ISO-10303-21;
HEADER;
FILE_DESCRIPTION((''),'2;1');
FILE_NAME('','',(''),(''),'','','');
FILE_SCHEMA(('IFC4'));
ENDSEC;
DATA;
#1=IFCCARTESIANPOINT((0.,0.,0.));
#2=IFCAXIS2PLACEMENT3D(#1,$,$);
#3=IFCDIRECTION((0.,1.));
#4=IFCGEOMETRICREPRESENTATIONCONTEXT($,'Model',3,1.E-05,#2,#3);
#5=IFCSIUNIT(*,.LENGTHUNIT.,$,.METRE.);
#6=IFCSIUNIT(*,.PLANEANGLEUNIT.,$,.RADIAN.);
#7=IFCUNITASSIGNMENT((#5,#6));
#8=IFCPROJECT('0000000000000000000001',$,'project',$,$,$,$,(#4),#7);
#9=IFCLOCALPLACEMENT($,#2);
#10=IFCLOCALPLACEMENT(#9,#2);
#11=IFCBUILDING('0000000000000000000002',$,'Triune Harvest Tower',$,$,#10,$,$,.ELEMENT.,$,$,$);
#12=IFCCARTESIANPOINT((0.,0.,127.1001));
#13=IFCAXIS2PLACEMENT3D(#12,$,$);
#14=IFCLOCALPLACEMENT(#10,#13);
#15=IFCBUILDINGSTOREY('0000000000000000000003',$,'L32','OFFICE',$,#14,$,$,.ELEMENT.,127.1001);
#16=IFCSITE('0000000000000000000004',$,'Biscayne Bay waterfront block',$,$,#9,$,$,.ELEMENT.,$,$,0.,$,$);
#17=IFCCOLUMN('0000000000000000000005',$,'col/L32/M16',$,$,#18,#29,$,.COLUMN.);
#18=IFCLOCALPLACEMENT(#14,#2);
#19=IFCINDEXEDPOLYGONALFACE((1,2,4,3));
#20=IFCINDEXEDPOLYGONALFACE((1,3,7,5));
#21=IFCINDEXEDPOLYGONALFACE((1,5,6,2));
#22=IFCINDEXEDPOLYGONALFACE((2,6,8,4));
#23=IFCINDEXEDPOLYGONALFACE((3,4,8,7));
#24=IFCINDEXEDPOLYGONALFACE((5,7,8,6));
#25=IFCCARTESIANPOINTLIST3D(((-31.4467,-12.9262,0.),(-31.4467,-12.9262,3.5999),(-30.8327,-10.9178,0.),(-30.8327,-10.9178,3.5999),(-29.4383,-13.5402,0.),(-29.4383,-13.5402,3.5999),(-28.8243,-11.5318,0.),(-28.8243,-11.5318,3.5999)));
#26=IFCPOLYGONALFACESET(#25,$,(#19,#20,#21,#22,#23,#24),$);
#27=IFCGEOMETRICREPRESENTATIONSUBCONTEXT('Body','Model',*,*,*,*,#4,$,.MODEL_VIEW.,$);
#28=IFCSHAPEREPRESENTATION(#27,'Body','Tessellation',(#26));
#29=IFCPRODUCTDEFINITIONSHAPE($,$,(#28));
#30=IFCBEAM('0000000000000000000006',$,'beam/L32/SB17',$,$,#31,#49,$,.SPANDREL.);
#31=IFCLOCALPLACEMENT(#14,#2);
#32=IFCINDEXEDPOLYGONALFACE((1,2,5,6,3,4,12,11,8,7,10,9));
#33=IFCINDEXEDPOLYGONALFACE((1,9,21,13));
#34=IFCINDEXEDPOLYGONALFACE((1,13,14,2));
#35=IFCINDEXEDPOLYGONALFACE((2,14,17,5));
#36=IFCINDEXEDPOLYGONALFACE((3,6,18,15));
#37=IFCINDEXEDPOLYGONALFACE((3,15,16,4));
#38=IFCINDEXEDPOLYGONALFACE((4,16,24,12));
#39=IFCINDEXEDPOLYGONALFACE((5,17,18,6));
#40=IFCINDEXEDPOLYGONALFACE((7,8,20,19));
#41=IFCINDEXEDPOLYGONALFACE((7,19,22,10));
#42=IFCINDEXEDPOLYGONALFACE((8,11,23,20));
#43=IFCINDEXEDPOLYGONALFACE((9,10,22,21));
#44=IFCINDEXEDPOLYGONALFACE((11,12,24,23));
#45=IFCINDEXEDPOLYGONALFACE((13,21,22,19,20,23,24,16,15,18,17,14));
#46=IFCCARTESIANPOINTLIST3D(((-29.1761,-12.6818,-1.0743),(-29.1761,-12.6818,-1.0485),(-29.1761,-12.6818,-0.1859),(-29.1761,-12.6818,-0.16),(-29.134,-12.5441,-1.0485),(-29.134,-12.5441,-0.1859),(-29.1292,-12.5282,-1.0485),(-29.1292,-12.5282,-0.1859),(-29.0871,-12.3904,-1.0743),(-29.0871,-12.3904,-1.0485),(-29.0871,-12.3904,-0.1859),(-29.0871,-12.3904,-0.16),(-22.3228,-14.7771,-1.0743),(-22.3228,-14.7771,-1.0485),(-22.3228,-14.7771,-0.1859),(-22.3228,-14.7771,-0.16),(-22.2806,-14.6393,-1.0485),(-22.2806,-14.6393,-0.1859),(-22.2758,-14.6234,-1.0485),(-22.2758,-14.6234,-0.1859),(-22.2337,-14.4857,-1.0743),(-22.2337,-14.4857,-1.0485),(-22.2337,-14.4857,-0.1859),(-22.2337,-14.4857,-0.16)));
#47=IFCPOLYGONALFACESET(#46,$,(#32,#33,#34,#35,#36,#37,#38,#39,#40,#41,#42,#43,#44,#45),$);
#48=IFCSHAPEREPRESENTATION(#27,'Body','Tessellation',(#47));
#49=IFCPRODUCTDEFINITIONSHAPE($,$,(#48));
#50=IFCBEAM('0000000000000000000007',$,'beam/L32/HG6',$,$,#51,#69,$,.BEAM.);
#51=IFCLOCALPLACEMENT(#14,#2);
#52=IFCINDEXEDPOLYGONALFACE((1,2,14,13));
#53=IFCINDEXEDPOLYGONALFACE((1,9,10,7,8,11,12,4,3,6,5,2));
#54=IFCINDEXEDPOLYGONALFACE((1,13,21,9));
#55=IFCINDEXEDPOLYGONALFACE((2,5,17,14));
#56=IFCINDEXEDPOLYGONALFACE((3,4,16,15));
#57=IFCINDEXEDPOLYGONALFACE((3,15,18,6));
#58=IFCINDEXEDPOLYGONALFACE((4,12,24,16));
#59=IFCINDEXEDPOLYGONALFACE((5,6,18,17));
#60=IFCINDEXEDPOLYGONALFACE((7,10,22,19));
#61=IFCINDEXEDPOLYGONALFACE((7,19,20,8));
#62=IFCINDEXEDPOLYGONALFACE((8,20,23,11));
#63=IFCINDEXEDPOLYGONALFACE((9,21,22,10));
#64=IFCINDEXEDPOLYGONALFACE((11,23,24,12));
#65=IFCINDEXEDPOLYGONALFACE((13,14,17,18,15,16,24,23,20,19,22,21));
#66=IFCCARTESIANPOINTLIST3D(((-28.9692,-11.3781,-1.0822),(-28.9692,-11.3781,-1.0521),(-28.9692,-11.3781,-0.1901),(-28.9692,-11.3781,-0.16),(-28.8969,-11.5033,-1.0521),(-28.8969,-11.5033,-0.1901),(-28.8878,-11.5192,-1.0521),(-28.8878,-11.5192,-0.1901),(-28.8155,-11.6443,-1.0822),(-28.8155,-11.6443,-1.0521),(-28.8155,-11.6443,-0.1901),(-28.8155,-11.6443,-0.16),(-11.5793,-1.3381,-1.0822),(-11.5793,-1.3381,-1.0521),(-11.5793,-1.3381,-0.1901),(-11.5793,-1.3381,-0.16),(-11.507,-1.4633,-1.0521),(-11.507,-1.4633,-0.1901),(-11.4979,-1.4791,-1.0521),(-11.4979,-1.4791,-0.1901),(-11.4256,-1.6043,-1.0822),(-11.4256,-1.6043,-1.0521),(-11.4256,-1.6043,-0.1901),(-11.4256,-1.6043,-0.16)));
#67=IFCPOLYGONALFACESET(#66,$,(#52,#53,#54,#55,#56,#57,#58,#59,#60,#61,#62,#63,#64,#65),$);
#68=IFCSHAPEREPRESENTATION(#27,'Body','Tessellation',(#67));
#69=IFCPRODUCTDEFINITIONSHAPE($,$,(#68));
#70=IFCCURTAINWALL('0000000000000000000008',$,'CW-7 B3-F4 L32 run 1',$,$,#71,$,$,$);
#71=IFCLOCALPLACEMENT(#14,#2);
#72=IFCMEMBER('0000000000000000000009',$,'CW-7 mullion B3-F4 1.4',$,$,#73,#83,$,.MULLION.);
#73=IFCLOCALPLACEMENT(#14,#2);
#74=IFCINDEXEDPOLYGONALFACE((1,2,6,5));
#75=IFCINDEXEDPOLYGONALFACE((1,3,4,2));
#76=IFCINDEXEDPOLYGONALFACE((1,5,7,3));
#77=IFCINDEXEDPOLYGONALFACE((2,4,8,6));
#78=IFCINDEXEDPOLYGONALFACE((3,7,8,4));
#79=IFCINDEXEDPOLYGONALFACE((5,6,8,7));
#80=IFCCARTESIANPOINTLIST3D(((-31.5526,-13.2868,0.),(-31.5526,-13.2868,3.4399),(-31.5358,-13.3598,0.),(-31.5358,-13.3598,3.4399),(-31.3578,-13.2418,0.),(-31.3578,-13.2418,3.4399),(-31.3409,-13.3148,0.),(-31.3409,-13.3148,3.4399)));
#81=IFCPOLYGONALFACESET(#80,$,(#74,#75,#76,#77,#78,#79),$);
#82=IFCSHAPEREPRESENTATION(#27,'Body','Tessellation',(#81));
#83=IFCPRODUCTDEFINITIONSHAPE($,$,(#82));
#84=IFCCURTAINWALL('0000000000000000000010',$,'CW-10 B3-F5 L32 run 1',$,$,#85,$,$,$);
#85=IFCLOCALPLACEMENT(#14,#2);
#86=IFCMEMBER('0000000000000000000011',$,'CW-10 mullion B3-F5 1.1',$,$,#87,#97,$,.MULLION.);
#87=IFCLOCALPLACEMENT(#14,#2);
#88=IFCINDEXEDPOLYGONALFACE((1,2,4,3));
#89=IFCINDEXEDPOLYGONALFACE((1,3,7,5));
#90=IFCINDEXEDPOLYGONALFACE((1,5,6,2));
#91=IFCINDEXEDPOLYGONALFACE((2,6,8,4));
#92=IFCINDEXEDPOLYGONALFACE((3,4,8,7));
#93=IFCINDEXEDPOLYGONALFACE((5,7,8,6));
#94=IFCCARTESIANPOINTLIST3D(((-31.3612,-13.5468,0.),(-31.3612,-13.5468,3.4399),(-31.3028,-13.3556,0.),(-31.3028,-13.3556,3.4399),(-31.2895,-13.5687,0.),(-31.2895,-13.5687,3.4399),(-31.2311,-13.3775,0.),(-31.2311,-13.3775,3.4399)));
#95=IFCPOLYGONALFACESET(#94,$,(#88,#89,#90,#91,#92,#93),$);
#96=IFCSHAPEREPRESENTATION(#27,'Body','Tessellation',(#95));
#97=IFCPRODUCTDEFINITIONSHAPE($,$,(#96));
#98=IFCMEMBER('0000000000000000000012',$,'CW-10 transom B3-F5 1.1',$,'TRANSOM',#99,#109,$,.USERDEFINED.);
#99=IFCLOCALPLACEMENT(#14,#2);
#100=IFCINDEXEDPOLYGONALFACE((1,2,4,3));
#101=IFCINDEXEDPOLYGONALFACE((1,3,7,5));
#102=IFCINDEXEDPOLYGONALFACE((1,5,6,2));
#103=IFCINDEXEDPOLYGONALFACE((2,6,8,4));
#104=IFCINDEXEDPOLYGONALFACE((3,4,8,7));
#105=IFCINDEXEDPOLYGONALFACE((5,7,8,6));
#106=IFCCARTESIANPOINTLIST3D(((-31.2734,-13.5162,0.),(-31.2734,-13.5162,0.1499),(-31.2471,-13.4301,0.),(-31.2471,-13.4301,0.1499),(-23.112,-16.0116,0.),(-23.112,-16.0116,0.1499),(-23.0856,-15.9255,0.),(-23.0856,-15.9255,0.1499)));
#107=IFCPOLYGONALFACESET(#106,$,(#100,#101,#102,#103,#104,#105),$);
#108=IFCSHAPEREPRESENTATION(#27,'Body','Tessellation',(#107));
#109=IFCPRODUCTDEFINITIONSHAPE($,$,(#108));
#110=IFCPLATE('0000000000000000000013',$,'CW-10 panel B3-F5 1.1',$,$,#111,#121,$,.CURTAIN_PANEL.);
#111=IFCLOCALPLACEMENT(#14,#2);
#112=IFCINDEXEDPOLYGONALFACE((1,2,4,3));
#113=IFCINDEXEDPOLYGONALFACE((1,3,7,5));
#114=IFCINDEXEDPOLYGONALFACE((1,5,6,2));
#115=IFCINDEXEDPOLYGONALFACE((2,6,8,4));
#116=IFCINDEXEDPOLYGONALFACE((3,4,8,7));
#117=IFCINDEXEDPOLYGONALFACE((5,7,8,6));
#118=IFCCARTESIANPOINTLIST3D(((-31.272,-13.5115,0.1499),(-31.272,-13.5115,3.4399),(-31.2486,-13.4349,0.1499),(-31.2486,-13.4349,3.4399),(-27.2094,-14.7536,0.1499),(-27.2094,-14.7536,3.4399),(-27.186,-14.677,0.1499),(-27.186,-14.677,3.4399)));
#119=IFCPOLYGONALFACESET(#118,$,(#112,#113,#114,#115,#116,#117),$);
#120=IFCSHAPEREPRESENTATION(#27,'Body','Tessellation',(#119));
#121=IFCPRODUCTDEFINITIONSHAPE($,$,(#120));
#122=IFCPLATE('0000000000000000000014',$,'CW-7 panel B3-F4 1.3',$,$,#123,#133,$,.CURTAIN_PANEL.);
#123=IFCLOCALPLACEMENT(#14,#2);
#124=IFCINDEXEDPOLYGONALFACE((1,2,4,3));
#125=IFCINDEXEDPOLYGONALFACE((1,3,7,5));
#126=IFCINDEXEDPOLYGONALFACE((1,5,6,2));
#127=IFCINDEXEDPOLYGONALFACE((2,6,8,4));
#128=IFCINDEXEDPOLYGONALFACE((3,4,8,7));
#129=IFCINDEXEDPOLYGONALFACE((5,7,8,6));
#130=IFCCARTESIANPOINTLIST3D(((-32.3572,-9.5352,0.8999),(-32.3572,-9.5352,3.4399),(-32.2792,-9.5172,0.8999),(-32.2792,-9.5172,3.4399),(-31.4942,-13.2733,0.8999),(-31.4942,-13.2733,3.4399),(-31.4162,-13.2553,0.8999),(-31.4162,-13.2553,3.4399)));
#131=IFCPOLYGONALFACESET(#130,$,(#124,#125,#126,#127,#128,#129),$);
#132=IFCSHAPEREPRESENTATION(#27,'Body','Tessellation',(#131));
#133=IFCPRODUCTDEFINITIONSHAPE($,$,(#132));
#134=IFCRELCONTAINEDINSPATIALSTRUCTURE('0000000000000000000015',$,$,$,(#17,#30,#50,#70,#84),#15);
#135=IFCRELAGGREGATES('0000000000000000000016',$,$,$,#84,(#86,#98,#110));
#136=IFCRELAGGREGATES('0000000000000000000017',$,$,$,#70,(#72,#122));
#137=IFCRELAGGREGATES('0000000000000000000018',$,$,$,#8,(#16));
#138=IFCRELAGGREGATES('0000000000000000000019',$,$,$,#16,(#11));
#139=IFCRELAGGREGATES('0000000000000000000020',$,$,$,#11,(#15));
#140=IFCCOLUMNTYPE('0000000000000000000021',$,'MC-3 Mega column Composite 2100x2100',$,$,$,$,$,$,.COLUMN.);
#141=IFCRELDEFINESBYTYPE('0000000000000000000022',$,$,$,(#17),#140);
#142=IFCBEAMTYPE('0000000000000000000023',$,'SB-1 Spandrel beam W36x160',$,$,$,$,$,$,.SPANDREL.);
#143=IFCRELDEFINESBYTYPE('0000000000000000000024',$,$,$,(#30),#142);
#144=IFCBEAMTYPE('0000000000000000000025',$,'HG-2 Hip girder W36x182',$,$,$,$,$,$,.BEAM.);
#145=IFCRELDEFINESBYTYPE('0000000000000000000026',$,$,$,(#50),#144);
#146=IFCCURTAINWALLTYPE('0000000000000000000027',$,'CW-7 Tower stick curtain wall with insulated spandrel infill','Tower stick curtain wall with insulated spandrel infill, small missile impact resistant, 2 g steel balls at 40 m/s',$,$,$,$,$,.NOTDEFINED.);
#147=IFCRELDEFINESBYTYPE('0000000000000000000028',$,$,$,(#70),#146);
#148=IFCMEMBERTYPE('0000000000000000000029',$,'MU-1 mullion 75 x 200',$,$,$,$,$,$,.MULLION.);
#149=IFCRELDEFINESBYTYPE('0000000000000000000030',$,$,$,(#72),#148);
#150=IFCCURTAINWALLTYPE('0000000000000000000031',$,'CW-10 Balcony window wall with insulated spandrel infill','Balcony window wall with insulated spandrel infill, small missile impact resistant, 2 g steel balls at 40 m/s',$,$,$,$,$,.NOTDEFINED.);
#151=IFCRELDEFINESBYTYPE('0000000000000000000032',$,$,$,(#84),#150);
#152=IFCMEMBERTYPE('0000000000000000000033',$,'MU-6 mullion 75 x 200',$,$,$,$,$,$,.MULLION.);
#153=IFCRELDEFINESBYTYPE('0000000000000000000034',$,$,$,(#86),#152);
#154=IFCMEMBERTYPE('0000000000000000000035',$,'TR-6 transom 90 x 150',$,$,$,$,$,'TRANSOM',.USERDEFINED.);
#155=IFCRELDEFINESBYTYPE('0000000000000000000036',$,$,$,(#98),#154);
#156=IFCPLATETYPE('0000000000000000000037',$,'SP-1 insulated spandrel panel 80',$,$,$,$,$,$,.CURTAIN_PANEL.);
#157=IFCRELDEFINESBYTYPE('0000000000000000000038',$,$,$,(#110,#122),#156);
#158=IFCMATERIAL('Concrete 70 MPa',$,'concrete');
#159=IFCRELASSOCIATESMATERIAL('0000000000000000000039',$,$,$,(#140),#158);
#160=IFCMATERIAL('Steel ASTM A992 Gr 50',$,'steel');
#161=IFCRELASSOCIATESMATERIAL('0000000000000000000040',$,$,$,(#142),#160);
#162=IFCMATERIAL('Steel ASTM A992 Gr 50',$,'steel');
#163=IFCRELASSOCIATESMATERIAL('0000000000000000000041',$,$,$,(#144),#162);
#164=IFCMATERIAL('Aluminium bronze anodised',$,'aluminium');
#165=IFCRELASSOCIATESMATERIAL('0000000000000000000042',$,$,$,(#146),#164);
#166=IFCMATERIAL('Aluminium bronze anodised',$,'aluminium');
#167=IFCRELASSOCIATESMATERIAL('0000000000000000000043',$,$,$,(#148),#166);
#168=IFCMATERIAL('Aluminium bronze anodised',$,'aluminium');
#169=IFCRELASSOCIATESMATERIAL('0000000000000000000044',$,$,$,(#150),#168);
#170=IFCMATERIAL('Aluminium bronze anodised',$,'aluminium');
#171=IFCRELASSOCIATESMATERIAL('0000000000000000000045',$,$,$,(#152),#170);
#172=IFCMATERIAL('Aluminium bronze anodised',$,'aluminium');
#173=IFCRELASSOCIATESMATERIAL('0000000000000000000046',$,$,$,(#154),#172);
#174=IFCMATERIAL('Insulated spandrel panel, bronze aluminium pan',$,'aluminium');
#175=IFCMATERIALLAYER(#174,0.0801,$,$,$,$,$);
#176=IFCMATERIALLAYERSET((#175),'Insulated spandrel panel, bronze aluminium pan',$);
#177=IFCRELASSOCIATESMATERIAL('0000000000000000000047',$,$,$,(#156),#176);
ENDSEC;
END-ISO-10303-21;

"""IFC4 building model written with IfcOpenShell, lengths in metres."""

from ifc_helpers import new_model, si_unit, direction, frame, origin, origin_2d, place, context, subcontext, project, spatial, rectangle, i_section, extrude, source, transform, mapped, material, layer, layer_set, material_profile, profile_set, type_object, element, aggregate, save


model = new_model("IFC4")

# Units and contexts
model_context = context("Model", 3, precision=1e-05, world=origin(), true_north=direction((0.0, 1.0)))
body_context = subcontext(model_context, "Body", "Model", "MODEL_VIEW")
ifc_project = project(units=[si_unit("LENGTHUNIT", "METRE"), si_unit("PLANEANGLEUNIT", "RADIAN")], contexts=[model_context])

# Site, building, storey
site_placement = place(None, origin())
site = spatial("IfcSite", under=ifc_project, at=site_placement, Name="Biscayne Bay waterfront block", CompositionType="ELEMENT", RefElevation=0.0)
building_placement = place(site_placement, origin())
building = spatial("IfcBuilding", under=site, at=building_placement, Name="Triune Harvest Tower", CompositionType="ELEMENT")
storey_placement = place(building_placement, frame((0.0, 0.0, 127.1001)))
storey = spatial("IfcBuildingStorey", under=building, at=storey_placement, Name="L32", Description="OFFICE", CompositionType="ELEMENT", Elevation=127.1001)

# Column
ifc_material_1 = material(Name="Concrete 70 MPa", Category="concrete")
ifc_material_profile_1 = material_profile(ifc_material_1, rectangle(XDim=2.1001, YDim=2.1001, at=origin_2d()), Name="Composite 2100x2100")
ifc_profile_set_1 = profile_set([ifc_material_profile_1], Name="Concrete 70 MPa")
column_type = type_object("IfcColumnType", Name="MC-3 Mega column Composite 2100x2100", PredefinedType="COLUMN", material=ifc_profile_set_1)
shared_shape_1 = source(origin(), body_context, "Body", "SweptSolid", [
    extrude(rectangle(XDim=2.1001, YDim=2.1001, at=origin_2d()), origin(), (0.0, 0.0, 1.0), 3.5999),
])
column_placement = place(storey_placement, frame((-30.1355, -12.229, 0.0), z_axis=(0.0, 0.0, 1.0), x_axis=(0.956305, -0.292372, 0.0)))
element("IfcColumn", 1, at=column_placement, inside=storey, type_object=column_type, Name="col/L32/M16", PredefinedType="COLUMN", context=body_context, shape_type="MappedRepresentation", body=[
    mapped(shared_shape_1, transform((0.0, 0.0, 0.0), scale=1.0)),
])

# Beams
ifc_material_2 = material(Name="Steel ASTM A992 Gr 50", Category="steel")
ifc_material_profile_2 = material_profile(ifc_material_2, i_section(OverallWidth=0.3047, OverallDepth=0.9143, WebThickness=0.0166, FlangeThickness=0.0259, at=origin_2d()), Name="W36x160")
ifc_profile_set_2 = profile_set([ifc_material_profile_2], Name="Steel ASTM A992 Gr 50")
beam_type_1 = type_object("IfcBeamType", Name="SB-1 Spandrel beam W36x160", PredefinedType="SPANDREL", material=ifc_profile_set_2)
shared_shape_2 = source(origin(), body_context, "Body", "SweptSolid", [
    extrude(i_section(OverallWidth=0.3047, OverallDepth=0.9143, WebThickness=0.0166, FlangeThickness=0.0259, at=origin_2d()), origin(), (0.0, 0.0, 1.0), 7.1665),
])
beam_1_placement = place(storey_placement, frame((-29.1316, -12.5361, -0.6172), z_axis=(0.956306, -0.292367, 0.0), x_axis=(0.292367, 0.956306, 0.0)))
element("IfcBeam", 2, at=beam_1_placement, inside=storey, type_object=beam_type_1, Name="beam/L32/SB17", PredefinedType="SPANDREL", context=body_context, shape_type="MappedRepresentation", body=[
    mapped(shared_shape_2, transform((0.0, 0.0, 0.0), scale=1.0)),
])
ifc_material_3 = material(Name="Steel ASTM A992 Gr 50", Category="steel")
ifc_material_profile_3 = material_profile(ifc_material_3, i_section(OverallWidth=0.3074, OverallDepth=0.9221, WebThickness=0.0183, FlangeThickness=0.03, at=origin_2d()), Name="W36x182")
ifc_profile_set_3 = profile_set([ifc_material_profile_3], Name="Steel ASTM A992 Gr 50")
beam_type_2 = type_object("IfcBeamType", Name="HG-2 Hip girder W36x182", PredefinedType="BEAM", material=ifc_profile_set_3)
shared_shape_3 = source(origin(), body_context, "Body", "SweptSolid", [
    extrude(i_section(OverallWidth=0.3074, OverallDepth=0.9221, WebThickness=0.0183, FlangeThickness=0.03, at=origin_2d()), origin(), (0.0, 0.0, 1.0), 20.0801),
])
beam_2_placement = place(storey_placement, frame((-28.8923, -11.5112, -0.6211), z_axis=(0.866026, 0.499999, 0.0), x_axis=(-0.499999, 0.866026, 0.0)))
element("IfcBeam", 3, at=beam_2_placement, inside=storey, type_object=beam_type_2, Name="beam/L32/HG6", PredefinedType="BEAM", context=body_context, shape_type="MappedRepresentation", body=[
    mapped(shared_shape_3, transform((0.0, 0.0, 0.0), scale=1.0)),
])

# Curtain wall, member
ifc_material_4 = material(Name="Aluminium bronze anodised", Category="aluminium")
curtain_wall_type_1 = type_object("IfcCurtainWallType", Name="CW-7 Tower stick curtain wall with insulated spandrel infill", Description="Tower stick curtain wall with insulated spandrel infill, small missile impact resistant, 2 g steel balls at 40 m/s", PredefinedType="NOTDEFINED", material=ifc_material_4)
curtain_wall_1_placement = place(storey_placement, origin())
curtain_wall_1 = element("IfcCurtainWall", 4, at=curtain_wall_1_placement, inside=storey, type_object=curtain_wall_type_1, Name="CW-7 B3-F4 L32 run 1")
ifc_material_5 = material(Name="Aluminium bronze anodised", Category="aluminium")
ifc_material_profile_4 = material_profile(ifc_material_5, rectangle(XDim=0.2, YDim=0.075, at=origin_2d()), Name="MU-1 mullion 75 x 200")
ifc_profile_set_4 = profile_set([ifc_material_profile_4], Name="Aluminium bronze anodised")
member_type_1 = type_object("IfcMemberType", Name="MU-1 mullion 75 x 200", PredefinedType="MULLION", material=ifc_profile_set_4)
shared_shape_4 = source(origin(), body_context, "Body", "SweptSolid", [
    extrude(rectangle(XDim=0.2, YDim=0.075, at=origin_2d()), origin(), (0.0, 0.0, 1.0), 3.4399),
])
member_1_placement = place(storey_placement, frame((-31.4468, -13.3008, 0.0), z_axis=(0.0, 0.0, 1.0), x_axis=(0.974371, 0.224947, 0.0)))
member_1 = element("IfcMember", 5, at=member_1_placement, type_object=member_type_1, Name="CW-7 mullion B3-F4 1.4", PredefinedType="MULLION", context=body_context, shape_type="MappedRepresentation", body=[
    mapped(shared_shape_4, transform((0.0, 0.0, 0.0), scale=1.0)),
])

# Curtain wall, members, plate
ifc_material_6 = material(Name="Aluminium bronze anodised", Category="aluminium")
curtain_wall_type_2 = type_object("IfcCurtainWallType", Name="CW-10 Balcony window wall with insulated spandrel infill", Description="Balcony window wall with insulated spandrel infill, small missile impact resistant, 2 g steel balls at 40 m/s", PredefinedType="NOTDEFINED", material=ifc_material_6)
curtain_wall_2_placement = place(storey_placement, origin())
curtain_wall_2 = element("IfcCurtainWall", 6, at=curtain_wall_2_placement, inside=storey, type_object=curtain_wall_type_2, Name="CW-10 B3-F5 L32 run 1")
ifc_material_7 = material(Name="Aluminium bronze anodised", Category="aluminium")
ifc_material_profile_5 = material_profile(ifc_material_7, rectangle(XDim=0.2, YDim=0.075, at=origin_2d()), Name="MU-6 mullion 75 x 200")
ifc_profile_set_5 = profile_set([ifc_material_profile_5], Name="Aluminium bronze anodised")
member_type_2 = type_object("IfcMemberType", Name="MU-6 mullion 75 x 200", PredefinedType="MULLION", material=ifc_profile_set_5)
shared_shape_5 = source(origin(), body_context, "Body", "SweptSolid", [
    extrude(rectangle(XDim=0.2, YDim=0.075, at=origin_2d()), origin(), (0.0, 0.0, 1.0), 3.4399),
])
member_2_placement = place(storey_placement, frame((-31.2961, -13.4622, 0.0), z_axis=(0.0, 0.0, 1.0), x_axis=(0.292373, 0.956304, 0.0)))
member_2 = element("IfcMember", 7, at=member_2_placement, type_object=member_type_2, Name="CW-10 mullion B3-F5 1.1", PredefinedType="MULLION", context=body_context, shape_type="MappedRepresentation", body=[
    mapped(shared_shape_5, transform((0.0, 0.0, 0.0), scale=1.0)),
])
ifc_material_8 = material(Name="Aluminium bronze anodised", Category="aluminium")
ifc_material_profile_6 = material_profile(ifc_material_8, rectangle(XDim=0.0901, YDim=0.1499, at=origin_2d()), Name="TR-6 transom 90 x 150")
ifc_profile_set_6 = profile_set([ifc_material_profile_6], Name="Aluminium bronze anodised")
member_type_3 = type_object("IfcMemberType", Name="TR-6 transom 90 x 150", ElementType="TRANSOM", PredefinedType="USERDEFINED", material=ifc_profile_set_6)
shared_shape_6 = source(origin(), body_context, "Body", "SweptSolid", [
    extrude(rectangle(XDim=0.0901, YDim=0.1499, at=origin_2d()), origin(), (0.0, 0.0, 1.0), 8.5344),
])
member_3_placement = place(storey_placement, frame((-31.2603, -13.4731, 0.075), z_axis=(0.956299, -0.292391, 0.0), x_axis=(0.292391, 0.956299, 0.0)))
member_3 = element("IfcMember", 8, at=member_3_placement, type_object=member_type_3, Name="CW-10 transom B3-F5 1.1", ObjectType="TRANSOM", PredefinedType="USERDEFINED", context=body_context, shape_type="MappedRepresentation", body=[
    mapped(shared_shape_6, transform((0.0, 0.0, 0.0), scale=1.0)),
])
ifc_material_9 = material(Name="Insulated spandrel panel, bronze aluminium pan", Category="aluminium")
ifc_layer_1 = layer(ifc_material_9, 0.0801)
ifc_layer_set_1 = layer_set([ifc_layer_1], Name="Insulated spandrel panel, bronze aluminium pan")
plate_type = type_object("IfcPlateType", Name="SP-1 insulated spandrel panel 80", PredefinedType="CURTAIN_PANEL", material=ifc_layer_set_1)
shared_shape_7 = source(origin(), body_context, "Body", "SweptSolid", [
    extrude(rectangle(XDim=4.2483, YDim=0.0801, at=origin_2d()), origin(), (0.0, 0.0, 1.0), 3.29),
])
plate_1_placement = place(storey_placement, frame((-29.229, -14.0942, 0.1499), z_axis=(0.0, 0.0, 1.0), x_axis=(0.956304, -0.292373, 0.0)))
plate_1 = element("IfcPlate", 9, at=plate_1_placement, type_object=plate_type, Name="CW-10 panel B3-F5 1.1", PredefinedType="CURTAIN_PANEL", context=body_context, shape_type="MappedRepresentation", body=[
    mapped(shared_shape_7, transform((0.0, 0.0, 0.0), scale=1.0)),
])
aggregate(curtain_wall_2, [member_2, member_3, plate_1])

# Plate
shared_shape_8 = source(origin(), body_context, "Body", "SweptSolid", [
    extrude(rectangle(XDim=3.8364, YDim=0.0801, at=origin_2d()), origin(), (0.0, 0.0, 1.0), 2.54),
])
plate_2_placement = place(storey_placement, frame((-31.8867, -11.3953, 0.8999), z_axis=(0.0, 0.0, 1.0), x_axis=(0.224947, -0.974371, 0.0)))
plate_2 = element("IfcPlate", 10, at=plate_2_placement, type_object=plate_type, Name="CW-7 panel B3-F4 1.3", PredefinedType="CURTAIN_PANEL", context=body_context, shape_type="MappedRepresentation", body=[
    mapped(shared_shape_8, transform((0.0, 0.0, 0.0), scale=1.0)),
])
aggregate(curtain_wall_1, [member_1, plate_2])

save(model, "model.ifc")
